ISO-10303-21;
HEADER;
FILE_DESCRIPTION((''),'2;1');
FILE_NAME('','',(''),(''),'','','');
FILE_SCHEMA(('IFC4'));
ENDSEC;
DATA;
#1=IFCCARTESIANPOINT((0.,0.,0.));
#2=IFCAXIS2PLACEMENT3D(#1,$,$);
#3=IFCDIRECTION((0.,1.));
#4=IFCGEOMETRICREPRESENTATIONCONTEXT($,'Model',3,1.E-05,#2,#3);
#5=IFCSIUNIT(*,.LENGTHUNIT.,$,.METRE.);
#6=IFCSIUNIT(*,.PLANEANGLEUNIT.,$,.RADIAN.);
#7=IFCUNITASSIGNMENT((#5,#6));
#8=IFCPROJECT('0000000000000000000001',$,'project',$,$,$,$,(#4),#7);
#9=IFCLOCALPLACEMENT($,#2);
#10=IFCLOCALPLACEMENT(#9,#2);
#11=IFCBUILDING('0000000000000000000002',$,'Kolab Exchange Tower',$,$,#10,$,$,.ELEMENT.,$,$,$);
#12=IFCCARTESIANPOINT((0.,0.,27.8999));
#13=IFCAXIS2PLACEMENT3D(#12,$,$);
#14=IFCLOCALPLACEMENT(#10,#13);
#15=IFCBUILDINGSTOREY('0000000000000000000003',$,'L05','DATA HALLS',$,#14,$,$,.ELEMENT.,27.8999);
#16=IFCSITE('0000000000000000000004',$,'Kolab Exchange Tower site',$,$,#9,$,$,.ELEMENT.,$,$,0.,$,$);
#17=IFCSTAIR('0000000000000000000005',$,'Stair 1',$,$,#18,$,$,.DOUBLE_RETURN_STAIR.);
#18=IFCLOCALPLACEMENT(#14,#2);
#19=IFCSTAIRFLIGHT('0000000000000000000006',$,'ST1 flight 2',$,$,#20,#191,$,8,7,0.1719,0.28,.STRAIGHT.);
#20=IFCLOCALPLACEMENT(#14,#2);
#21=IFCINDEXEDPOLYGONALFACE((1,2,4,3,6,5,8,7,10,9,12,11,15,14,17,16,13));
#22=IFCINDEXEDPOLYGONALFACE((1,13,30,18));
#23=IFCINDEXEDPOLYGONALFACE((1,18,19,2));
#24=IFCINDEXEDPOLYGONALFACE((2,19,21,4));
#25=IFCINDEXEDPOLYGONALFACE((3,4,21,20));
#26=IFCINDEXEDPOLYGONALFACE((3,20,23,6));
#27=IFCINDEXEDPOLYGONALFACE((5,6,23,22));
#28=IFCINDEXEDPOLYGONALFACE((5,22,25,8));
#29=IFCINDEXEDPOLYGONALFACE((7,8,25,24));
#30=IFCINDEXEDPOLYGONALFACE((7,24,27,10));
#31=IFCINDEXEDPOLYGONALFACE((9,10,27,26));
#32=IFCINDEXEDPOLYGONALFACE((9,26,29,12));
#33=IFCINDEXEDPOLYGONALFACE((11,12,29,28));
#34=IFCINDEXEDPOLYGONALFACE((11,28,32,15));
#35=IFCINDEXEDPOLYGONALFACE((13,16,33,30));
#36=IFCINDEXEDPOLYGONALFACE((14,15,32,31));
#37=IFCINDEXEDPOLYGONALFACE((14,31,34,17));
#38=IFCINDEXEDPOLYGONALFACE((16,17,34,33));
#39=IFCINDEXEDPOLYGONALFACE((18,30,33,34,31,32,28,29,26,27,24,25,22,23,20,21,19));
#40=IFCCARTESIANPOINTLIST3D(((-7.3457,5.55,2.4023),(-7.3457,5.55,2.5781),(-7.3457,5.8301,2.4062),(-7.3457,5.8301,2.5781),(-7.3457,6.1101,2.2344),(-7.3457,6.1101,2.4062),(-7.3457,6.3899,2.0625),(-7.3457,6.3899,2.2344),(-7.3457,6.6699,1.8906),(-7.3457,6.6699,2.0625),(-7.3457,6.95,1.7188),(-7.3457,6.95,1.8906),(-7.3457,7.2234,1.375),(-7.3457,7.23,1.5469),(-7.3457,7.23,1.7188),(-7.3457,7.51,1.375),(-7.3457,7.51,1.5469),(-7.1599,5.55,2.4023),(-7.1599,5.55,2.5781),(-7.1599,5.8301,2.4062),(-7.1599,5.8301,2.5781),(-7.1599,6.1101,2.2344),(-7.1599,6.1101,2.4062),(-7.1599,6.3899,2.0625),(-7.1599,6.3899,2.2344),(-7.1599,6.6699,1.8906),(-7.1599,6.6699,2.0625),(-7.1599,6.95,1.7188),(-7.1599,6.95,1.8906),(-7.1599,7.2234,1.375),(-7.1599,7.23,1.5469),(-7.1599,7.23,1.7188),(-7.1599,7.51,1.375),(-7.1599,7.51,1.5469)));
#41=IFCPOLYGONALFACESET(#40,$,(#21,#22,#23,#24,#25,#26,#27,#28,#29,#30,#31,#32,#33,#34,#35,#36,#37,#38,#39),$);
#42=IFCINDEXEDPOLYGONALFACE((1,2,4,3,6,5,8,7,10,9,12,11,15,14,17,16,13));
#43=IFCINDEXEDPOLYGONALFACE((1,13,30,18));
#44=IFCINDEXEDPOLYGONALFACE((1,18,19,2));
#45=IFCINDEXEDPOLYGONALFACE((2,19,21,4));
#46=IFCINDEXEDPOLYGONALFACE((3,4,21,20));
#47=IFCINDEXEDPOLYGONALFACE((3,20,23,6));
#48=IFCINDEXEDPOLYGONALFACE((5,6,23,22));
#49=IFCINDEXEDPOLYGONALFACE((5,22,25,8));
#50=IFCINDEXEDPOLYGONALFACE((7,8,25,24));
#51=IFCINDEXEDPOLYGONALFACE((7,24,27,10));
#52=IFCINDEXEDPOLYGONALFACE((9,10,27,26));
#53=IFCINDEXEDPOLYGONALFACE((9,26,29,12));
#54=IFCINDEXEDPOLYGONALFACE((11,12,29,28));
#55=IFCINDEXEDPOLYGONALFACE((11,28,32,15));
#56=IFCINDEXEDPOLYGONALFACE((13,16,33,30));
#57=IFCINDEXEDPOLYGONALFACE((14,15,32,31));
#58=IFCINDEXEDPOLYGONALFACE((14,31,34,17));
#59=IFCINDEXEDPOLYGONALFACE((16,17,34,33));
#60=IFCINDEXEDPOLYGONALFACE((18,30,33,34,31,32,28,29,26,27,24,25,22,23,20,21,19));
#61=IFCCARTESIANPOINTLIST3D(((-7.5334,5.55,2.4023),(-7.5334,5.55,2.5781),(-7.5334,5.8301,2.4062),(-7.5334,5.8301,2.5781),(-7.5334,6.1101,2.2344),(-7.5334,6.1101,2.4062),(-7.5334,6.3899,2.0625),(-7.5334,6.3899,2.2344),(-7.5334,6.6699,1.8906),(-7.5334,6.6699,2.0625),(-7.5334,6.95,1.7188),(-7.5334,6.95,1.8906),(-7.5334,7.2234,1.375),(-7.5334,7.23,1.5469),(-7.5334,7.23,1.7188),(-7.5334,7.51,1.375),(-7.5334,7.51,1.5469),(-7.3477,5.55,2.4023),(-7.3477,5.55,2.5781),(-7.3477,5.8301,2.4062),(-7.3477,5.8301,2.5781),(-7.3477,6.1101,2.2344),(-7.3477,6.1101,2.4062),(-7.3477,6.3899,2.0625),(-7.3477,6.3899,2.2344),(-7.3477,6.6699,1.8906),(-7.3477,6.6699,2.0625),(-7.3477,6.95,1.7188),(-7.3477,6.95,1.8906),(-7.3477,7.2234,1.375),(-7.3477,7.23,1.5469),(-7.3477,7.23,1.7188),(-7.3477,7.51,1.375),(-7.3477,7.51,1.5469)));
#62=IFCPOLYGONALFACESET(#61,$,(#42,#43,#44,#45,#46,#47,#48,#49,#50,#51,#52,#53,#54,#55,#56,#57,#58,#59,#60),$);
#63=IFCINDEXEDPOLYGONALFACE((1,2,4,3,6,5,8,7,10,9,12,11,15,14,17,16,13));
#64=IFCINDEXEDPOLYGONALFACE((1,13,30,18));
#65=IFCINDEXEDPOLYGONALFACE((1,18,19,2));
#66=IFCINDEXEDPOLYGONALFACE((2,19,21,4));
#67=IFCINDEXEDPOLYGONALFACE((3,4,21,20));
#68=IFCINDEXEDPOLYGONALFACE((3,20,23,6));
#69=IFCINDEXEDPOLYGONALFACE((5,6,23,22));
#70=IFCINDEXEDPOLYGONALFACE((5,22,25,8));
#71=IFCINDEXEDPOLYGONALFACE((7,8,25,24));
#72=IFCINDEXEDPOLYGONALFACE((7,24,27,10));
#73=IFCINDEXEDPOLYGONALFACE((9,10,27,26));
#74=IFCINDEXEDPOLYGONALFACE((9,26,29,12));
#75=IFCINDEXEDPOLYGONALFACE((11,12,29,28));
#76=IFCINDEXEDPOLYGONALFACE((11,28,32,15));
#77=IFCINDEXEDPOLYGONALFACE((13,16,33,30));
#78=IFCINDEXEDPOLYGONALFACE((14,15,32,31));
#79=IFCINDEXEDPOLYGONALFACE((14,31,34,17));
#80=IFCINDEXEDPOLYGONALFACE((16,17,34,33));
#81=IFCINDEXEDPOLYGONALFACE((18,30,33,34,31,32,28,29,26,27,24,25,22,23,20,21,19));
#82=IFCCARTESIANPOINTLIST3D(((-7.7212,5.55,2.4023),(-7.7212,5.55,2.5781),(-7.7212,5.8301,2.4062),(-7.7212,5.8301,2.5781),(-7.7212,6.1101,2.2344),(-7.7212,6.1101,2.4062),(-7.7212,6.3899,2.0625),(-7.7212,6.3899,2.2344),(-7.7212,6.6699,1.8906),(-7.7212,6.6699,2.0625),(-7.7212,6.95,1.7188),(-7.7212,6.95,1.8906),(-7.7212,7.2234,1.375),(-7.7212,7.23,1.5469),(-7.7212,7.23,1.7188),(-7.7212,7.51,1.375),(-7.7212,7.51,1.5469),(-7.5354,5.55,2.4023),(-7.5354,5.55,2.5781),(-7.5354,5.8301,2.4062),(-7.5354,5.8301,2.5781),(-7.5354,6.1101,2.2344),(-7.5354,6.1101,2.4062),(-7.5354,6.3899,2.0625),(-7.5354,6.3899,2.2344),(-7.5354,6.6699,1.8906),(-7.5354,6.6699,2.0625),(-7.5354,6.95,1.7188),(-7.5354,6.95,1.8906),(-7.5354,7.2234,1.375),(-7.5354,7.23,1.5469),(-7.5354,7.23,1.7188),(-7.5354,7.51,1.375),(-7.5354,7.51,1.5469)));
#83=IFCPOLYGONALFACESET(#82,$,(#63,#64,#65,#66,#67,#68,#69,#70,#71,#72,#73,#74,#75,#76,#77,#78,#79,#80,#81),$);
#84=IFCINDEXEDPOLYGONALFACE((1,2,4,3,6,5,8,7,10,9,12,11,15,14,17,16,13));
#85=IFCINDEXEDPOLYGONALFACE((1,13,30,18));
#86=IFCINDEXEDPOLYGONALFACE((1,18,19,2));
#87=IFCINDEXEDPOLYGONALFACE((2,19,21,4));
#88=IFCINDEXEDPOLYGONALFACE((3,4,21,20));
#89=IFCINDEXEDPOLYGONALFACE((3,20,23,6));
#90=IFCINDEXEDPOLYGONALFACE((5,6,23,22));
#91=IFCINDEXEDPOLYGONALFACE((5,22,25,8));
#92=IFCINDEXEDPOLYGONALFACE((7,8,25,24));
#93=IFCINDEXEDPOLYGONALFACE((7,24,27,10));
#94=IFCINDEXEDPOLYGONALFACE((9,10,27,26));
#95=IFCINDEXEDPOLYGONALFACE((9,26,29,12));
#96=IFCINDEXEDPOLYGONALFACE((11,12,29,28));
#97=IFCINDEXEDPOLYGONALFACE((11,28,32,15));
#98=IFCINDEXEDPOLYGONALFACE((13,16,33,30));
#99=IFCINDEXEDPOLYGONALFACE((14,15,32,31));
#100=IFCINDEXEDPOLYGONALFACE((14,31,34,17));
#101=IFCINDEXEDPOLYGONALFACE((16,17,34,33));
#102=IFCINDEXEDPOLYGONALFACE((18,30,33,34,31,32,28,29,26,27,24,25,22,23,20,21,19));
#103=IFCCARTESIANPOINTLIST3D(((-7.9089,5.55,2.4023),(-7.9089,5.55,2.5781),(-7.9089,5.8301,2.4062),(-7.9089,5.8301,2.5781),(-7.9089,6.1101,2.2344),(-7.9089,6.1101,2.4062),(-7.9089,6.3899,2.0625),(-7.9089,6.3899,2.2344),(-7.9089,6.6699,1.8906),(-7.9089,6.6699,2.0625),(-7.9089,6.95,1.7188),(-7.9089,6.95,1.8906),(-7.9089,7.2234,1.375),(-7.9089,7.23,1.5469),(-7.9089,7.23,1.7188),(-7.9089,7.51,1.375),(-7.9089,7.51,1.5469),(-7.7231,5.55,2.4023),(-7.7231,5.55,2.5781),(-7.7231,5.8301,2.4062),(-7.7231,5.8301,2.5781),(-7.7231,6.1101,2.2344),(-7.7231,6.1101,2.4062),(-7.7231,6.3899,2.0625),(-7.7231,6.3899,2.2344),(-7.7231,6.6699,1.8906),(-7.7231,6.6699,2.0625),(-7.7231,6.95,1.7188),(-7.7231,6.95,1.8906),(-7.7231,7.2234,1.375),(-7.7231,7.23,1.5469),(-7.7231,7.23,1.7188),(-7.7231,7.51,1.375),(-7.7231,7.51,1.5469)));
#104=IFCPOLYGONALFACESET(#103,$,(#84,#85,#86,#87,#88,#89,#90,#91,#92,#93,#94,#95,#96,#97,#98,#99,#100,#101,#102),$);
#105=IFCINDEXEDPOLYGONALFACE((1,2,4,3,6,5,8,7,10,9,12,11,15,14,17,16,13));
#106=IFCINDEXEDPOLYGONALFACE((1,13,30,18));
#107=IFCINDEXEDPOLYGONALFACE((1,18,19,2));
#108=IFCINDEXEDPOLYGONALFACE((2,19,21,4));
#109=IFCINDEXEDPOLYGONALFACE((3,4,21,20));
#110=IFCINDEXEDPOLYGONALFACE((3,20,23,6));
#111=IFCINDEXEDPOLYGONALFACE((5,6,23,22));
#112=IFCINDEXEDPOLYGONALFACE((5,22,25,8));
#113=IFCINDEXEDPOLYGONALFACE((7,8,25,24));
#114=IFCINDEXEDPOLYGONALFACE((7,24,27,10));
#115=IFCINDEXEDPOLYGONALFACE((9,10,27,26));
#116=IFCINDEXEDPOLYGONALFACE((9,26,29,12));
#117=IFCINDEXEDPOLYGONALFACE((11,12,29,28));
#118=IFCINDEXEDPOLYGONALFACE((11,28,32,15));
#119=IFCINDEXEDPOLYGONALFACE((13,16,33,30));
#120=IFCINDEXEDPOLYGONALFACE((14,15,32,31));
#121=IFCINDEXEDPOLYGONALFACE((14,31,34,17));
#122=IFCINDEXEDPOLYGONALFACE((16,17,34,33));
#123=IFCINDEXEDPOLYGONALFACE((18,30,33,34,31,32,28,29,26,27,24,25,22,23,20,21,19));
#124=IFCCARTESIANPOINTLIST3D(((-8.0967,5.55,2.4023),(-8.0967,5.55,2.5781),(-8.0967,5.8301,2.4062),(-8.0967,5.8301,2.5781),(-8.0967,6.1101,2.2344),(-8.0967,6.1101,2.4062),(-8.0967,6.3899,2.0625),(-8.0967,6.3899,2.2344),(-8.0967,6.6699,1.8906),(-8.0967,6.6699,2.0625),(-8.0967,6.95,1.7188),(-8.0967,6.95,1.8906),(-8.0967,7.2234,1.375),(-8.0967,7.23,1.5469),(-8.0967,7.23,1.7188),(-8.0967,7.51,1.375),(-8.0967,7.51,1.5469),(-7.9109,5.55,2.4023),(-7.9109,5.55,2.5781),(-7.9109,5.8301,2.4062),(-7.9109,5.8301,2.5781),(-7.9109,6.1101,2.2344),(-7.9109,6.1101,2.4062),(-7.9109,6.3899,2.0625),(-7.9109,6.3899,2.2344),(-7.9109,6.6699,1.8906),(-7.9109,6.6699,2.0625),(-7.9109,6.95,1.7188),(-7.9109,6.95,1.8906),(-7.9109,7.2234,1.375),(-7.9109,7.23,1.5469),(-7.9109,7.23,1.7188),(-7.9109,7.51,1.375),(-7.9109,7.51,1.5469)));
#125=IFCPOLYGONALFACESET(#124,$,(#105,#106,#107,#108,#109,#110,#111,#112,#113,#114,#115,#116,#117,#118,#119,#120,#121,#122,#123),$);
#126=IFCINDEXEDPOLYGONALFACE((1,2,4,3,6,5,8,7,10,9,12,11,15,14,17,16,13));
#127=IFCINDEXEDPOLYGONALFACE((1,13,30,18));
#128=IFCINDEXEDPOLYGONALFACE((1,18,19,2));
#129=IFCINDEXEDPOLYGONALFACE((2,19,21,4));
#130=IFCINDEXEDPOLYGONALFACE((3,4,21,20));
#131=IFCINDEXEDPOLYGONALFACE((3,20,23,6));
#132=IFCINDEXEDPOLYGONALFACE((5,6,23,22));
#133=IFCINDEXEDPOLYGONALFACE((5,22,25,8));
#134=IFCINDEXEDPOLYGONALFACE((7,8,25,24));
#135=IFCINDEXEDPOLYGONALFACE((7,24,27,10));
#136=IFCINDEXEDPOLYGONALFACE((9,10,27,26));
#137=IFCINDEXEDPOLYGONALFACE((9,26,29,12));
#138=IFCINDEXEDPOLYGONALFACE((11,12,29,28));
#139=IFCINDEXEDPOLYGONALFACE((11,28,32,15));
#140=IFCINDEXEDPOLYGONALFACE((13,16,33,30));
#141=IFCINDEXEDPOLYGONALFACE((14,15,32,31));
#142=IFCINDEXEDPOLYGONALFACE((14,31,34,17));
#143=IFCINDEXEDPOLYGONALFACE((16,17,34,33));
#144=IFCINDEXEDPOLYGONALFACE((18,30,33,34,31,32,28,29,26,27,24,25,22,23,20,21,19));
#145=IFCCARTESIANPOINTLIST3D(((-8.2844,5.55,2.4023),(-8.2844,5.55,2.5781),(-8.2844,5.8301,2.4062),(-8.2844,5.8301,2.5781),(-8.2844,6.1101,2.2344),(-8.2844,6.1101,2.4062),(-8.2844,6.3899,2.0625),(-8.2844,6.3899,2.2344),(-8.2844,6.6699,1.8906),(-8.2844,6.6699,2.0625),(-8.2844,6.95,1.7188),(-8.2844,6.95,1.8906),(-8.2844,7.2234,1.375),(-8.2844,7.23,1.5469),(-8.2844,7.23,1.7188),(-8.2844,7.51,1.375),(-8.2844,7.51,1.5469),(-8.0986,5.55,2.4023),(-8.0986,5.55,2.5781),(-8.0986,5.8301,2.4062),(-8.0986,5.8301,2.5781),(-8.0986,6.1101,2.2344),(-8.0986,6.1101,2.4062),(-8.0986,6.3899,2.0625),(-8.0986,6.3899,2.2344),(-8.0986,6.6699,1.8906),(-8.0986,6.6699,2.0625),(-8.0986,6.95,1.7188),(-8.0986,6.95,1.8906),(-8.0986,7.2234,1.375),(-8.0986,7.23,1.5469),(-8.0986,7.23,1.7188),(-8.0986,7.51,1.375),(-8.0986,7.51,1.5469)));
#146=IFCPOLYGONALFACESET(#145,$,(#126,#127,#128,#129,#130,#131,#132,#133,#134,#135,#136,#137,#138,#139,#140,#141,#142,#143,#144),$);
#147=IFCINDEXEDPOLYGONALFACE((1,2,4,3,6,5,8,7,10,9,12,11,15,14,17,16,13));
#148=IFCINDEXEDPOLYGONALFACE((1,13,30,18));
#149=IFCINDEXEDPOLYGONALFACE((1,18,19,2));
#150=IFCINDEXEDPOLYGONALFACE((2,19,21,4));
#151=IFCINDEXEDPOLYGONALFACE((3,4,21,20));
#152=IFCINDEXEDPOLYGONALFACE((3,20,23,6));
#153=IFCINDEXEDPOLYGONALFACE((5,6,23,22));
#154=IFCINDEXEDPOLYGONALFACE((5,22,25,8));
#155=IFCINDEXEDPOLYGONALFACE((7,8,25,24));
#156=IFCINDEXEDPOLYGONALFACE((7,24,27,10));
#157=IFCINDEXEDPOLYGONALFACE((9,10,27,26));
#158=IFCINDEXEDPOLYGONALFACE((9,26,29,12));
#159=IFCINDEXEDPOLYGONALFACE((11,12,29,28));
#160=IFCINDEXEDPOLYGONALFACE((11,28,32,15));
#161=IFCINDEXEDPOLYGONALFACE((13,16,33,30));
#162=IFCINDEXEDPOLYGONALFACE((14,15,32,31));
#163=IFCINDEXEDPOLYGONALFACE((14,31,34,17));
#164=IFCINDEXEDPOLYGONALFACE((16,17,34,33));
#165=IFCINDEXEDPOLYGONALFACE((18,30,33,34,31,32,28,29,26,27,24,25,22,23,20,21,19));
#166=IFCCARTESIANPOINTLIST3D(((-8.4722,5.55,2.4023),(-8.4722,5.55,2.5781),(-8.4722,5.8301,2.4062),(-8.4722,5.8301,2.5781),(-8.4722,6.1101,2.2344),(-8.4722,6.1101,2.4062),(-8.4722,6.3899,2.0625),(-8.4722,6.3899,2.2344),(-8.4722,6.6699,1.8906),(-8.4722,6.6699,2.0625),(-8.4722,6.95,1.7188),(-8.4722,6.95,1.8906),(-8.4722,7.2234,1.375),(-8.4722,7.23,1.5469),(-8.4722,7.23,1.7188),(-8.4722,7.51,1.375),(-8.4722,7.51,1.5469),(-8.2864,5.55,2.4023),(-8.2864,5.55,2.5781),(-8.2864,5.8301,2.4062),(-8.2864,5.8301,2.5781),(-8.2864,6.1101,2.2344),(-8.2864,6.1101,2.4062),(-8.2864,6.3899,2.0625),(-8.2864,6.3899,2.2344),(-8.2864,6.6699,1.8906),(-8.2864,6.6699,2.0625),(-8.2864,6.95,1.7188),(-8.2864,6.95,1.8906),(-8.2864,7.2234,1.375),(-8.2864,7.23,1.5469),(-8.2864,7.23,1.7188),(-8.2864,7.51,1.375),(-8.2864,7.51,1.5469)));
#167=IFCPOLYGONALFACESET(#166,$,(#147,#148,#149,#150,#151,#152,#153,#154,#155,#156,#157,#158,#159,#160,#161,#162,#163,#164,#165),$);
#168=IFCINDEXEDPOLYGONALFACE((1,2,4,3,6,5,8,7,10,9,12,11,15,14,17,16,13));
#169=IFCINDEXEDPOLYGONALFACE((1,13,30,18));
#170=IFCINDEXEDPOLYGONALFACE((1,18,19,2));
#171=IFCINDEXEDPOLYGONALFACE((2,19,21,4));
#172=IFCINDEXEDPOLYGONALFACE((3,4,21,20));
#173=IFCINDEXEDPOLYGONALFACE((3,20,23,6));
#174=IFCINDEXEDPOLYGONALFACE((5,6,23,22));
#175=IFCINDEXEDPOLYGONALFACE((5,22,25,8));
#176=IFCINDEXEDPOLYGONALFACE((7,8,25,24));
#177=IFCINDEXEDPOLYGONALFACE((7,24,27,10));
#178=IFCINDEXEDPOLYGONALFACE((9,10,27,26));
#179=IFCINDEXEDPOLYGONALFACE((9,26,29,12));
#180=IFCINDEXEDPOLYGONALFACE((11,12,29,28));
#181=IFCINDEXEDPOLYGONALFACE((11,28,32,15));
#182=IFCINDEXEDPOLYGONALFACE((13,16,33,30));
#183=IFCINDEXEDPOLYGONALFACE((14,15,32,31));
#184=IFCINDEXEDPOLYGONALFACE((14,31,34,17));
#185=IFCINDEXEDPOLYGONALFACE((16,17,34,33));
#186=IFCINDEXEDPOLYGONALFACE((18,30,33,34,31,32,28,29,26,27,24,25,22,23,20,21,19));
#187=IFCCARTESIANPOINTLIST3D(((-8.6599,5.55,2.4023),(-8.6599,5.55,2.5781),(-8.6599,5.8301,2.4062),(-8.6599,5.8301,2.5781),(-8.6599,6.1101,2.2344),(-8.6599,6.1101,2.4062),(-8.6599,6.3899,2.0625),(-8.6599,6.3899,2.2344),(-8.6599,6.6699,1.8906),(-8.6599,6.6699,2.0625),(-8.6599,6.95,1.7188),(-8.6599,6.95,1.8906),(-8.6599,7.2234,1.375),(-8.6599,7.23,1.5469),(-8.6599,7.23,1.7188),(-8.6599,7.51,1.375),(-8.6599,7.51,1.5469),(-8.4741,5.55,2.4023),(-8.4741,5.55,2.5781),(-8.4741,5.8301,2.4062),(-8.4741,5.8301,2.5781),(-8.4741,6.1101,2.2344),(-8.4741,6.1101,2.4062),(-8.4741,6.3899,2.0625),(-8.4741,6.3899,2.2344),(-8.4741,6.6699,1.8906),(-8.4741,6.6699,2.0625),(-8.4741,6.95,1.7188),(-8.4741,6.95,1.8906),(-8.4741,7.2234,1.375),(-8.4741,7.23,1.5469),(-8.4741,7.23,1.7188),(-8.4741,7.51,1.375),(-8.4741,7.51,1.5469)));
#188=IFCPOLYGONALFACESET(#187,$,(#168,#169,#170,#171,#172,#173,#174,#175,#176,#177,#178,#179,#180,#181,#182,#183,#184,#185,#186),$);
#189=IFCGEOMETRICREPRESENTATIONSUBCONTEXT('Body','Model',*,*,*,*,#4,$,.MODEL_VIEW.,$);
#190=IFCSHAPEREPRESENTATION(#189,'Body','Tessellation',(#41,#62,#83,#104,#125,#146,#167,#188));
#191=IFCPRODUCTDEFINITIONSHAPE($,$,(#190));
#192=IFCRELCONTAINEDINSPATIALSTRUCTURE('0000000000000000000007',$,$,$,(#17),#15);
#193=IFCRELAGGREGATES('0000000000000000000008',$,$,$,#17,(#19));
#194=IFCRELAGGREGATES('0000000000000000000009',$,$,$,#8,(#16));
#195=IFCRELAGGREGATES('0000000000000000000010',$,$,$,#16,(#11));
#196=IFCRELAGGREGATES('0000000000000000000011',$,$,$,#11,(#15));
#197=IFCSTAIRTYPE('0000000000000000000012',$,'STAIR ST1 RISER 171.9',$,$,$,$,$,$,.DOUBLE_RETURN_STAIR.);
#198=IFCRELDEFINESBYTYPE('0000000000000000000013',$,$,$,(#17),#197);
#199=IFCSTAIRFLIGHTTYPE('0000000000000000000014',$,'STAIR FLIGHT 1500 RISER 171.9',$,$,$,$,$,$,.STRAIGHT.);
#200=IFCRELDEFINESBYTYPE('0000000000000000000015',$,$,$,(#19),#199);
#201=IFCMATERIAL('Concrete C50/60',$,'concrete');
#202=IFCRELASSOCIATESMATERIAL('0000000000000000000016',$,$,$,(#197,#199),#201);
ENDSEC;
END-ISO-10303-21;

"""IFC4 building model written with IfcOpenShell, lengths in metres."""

from ifc_helpers import new_model, si_unit, direction, frame, origin, place, context, subcontext, project, spatial, polyline, outline, extrude, material, type_object, element, aggregate, save


model = new_model("IFC4")

# Units and contexts
model_context = context("Model", 3, precision=1e-05, world=origin(), true_north=direction((0.0, 1.0)))
body_context = subcontext(model_context, "Body", "Model", "MODEL_VIEW")
ifc_project = project(units=[si_unit("LENGTHUNIT", "METRE"), si_unit("PLANEANGLEUNIT", "RADIAN")], contexts=[model_context])

# Site, building, storey
site_placement = place(None, origin())
site = spatial("IfcSite", under=ifc_project, at=site_placement, Name="Kolab Exchange Tower site", CompositionType="ELEMENT", RefElevation=0.0)
building_placement = place(site_placement, origin())
building = spatial("IfcBuilding", under=site, at=building_placement, Name="Kolab Exchange Tower", CompositionType="ELEMENT")
storey_placement = place(building_placement, frame((0.0, 0.0, 27.8999)))
storey = spatial("IfcBuildingStorey", under=building, at=storey_placement, Name="L05", Description="DATA HALLS", CompositionType="ELEMENT", Elevation=27.8999)

# Shared definitions
ifc_material_1 = material(Name="Concrete C50/60", Category="concrete")

# Stair, stair flight
stair_type = type_object("IfcStairType", Name="STAIR ST1 RISER 171.9", PredefinedType="DOUBLE_RETURN_STAIR", material=ifc_material_1)
stair_placement = place(storey_placement, origin())
stair = element("IfcStair", 1, at=stair_placement, inside=storey, type_object=stair_type, Name="Stair 1", PredefinedType="DOUBLE_RETURN_STAIR")
stair_flight_type = type_object("IfcStairFlightType", Name="STAIR FLIGHT 1500 RISER 171.9", PredefinedType="STRAIGHT", material=ifc_material_1)
stair_flight_1_placement = place(storey_placement, frame((-7.9099, 7.51, 1.375), z_axis=(0.0, 0.0, 1.0), x_axis=(0.0, -1.0, 0.0)))
stair_flight_1 = element("IfcStairFlight", 2, at=stair_flight_1_placement, type_object=stair_flight_type, Name="ST1 flight 2", NumberOfRisers=8, NumberOfTreads=7, PredefinedType="STRAIGHT", RiserHeight=0.1719, TreadLength=0.28, context=body_context, shape_type="SweptSolid", body=[
    extrude(outline(polyline([(0.0, 0.0), (0.0, 0.1719), (0.28, 0.1719), (0.28, 0.3438), (0.5601, 0.3438), (0.5601, 0.5156), (0.8401, 0.5156), (0.8401, 0.6875), (1.1201, 0.6875), (1.1201, 0.8594), (1.3999, 0.8594), (1.3999, 1.0312), (1.6799, 1.0312), (1.6799, 1.2031), (1.96, 1.2031), (1.96, 1.375), (1.96, 1.0273), (0.2866, 0.0), (0.0, 0.0)])), frame((0.0, 0.75, 0.0), z_axis=(0.0, -1.0, 0.0), x_axis=(1.0, 0.0, 0.0)), (0.0, 0.0, 1.0), 0.1858),
    extrude(outline(polyline([(0.0, 0.0), (0.0, 0.1719), (0.28, 0.1719), (0.28, 0.3438), (0.5601, 0.3438), (0.5601, 0.5156), (0.8401, 0.5156), (0.8401, 0.6875), (1.1201, 0.6875), (1.1201, 0.8594), (1.3999, 0.8594), (1.3999, 1.0312), (1.6799, 1.0312), (1.6799, 1.2031), (1.96, 1.2031), (1.96, 1.375), (1.96, 1.0273), (0.2866, 0.0), (0.0, 0.0)])), frame((0.0, 0.5623, 0.0), z_axis=(0.0, -1.0, 0.0), x_axis=(1.0, 0.0, 0.0)), (0.0, 0.0, 1.0), 0.1858),
    extrude(outline(polyline([(0.0, 0.0), (0.0, 0.1719), (0.28, 0.1719), (0.28, 0.3438), (0.5601, 0.3438), (0.5601, 0.5156), (0.8401, 0.5156), (0.8401, 0.6875), (1.1201, 0.6875), (1.1201, 0.8594), (1.3999, 0.8594), (1.3999, 1.0312), (1.6799, 1.0312), (1.6799, 1.2031), (1.96, 1.2031), (1.96, 1.375), (1.96, 1.0273), (0.2866, 0.0), (0.0, 0.0)])), frame((0.0, 0.3745, 0.0), z_axis=(0.0, -1.0, 0.0), x_axis=(1.0, 0.0, 0.0)), (0.0, 0.0, 1.0), 0.1858),
    extrude(outline(polyline([(0.0, 0.0), (0.0, 0.1719), (0.28, 0.1719), (0.28, 0.3438), (0.5601, 0.3438), (0.5601, 0.5156), (0.8401, 0.5156), (0.8401, 0.6875), (1.1201, 0.6875), (1.1201, 0.8594), (1.3999, 0.8594), (1.3999, 1.0312), (1.6799, 1.0312), (1.6799, 1.2031), (1.96, 1.2031), (1.96, 1.375), (1.96, 1.0273), (0.2866, 0.0), (0.0, 0.0)])), frame((0.0, 0.1868, 0.0), z_axis=(0.0, -1.0, 0.0), x_axis=(1.0, 0.0, 0.0)), (0.0, 0.0, 1.0), 0.1858),
    extrude(outline(polyline([(0.0, 0.0), (0.0, 0.1719), (0.28, 0.1719), (0.28, 0.3438), (0.5601, 0.3438), (0.5601, 0.5156), (0.8401, 0.5156), (0.8401, 0.6875), (1.1201, 0.6875), (1.1201, 0.8594), (1.3999, 0.8594), (1.3999, 1.0312), (1.6799, 1.0312), (1.6799, 1.2031), (1.96, 1.2031), (1.96, 1.375), (1.96, 1.0273), (0.2866, 0.0), (0.0, 0.0)])), frame((0.0, -0.001, 0.0), z_axis=(0.0, -1.0, 0.0), x_axis=(1.0, 0.0, 0.0)), (0.0, 0.0, 1.0), 0.1858),
    extrude(outline(polyline([(0.0, 0.0), (0.0, 0.1719), (0.28, 0.1719), (0.28, 0.3438), (0.5601, 0.3438), (0.5601, 0.5156), (0.8401, 0.5156), (0.8401, 0.6875), (1.1201, 0.6875), (1.1201, 0.8594), (1.3999, 0.8594), (1.3999, 1.0312), (1.6799, 1.0312), (1.6799, 1.2031), (1.96, 1.2031), (1.96, 1.375), (1.96, 1.0273), (0.2866, 0.0), (0.0, 0.0)])), frame((0.0, -0.1887, 0.0), z_axis=(0.0, -1.0, 0.0), x_axis=(1.0, 0.0, 0.0)), (0.0, 0.0, 1.0), 0.1858),
    extrude(outline(polyline([(0.0, 0.0), (0.0, 0.1719), (0.28, 0.1719), (0.28, 0.3438), (0.5601, 0.3438), (0.5601, 0.5156), (0.8401, 0.5156), (0.8401, 0.6875), (1.1201, 0.6875), (1.1201, 0.8594), (1.3999, 0.8594), (1.3999, 1.0312), (1.6799, 1.0312), (1.6799, 1.2031), (1.96, 1.2031), (1.96, 1.375), (1.96, 1.0273), (0.2866, 0.0), (0.0, 0.0)])), frame((0.0, -0.3765, 0.0), z_axis=(0.0, -1.0, 0.0), x_axis=(1.0, 0.0, 0.0)), (0.0, 0.0, 1.0), 0.1858),
    extrude(outline(polyline([(0.0, 0.0), (0.0, 0.1719), (0.28, 0.1719), (0.28, 0.3438), (0.5601, 0.3438), (0.5601, 0.5156), (0.8401, 0.5156), (0.8401, 0.6875), (1.1201, 0.6875), (1.1201, 0.8594), (1.3999, 0.8594), (1.3999, 1.0312), (1.6799, 1.0312), (1.6799, 1.2031), (1.96, 1.2031), (1.96, 1.375), (1.96, 1.0273), (0.2866, 0.0), (0.0, 0.0)])), frame((0.0, -0.5642, 0.0), z_axis=(0.0, -1.0, 0.0), x_axis=(1.0, 0.0, 0.0)), (0.0, 0.0, 1.0), 0.1858),
])
aggregate(stair, [stair_flight_1])

save(model, "model.ifc")
